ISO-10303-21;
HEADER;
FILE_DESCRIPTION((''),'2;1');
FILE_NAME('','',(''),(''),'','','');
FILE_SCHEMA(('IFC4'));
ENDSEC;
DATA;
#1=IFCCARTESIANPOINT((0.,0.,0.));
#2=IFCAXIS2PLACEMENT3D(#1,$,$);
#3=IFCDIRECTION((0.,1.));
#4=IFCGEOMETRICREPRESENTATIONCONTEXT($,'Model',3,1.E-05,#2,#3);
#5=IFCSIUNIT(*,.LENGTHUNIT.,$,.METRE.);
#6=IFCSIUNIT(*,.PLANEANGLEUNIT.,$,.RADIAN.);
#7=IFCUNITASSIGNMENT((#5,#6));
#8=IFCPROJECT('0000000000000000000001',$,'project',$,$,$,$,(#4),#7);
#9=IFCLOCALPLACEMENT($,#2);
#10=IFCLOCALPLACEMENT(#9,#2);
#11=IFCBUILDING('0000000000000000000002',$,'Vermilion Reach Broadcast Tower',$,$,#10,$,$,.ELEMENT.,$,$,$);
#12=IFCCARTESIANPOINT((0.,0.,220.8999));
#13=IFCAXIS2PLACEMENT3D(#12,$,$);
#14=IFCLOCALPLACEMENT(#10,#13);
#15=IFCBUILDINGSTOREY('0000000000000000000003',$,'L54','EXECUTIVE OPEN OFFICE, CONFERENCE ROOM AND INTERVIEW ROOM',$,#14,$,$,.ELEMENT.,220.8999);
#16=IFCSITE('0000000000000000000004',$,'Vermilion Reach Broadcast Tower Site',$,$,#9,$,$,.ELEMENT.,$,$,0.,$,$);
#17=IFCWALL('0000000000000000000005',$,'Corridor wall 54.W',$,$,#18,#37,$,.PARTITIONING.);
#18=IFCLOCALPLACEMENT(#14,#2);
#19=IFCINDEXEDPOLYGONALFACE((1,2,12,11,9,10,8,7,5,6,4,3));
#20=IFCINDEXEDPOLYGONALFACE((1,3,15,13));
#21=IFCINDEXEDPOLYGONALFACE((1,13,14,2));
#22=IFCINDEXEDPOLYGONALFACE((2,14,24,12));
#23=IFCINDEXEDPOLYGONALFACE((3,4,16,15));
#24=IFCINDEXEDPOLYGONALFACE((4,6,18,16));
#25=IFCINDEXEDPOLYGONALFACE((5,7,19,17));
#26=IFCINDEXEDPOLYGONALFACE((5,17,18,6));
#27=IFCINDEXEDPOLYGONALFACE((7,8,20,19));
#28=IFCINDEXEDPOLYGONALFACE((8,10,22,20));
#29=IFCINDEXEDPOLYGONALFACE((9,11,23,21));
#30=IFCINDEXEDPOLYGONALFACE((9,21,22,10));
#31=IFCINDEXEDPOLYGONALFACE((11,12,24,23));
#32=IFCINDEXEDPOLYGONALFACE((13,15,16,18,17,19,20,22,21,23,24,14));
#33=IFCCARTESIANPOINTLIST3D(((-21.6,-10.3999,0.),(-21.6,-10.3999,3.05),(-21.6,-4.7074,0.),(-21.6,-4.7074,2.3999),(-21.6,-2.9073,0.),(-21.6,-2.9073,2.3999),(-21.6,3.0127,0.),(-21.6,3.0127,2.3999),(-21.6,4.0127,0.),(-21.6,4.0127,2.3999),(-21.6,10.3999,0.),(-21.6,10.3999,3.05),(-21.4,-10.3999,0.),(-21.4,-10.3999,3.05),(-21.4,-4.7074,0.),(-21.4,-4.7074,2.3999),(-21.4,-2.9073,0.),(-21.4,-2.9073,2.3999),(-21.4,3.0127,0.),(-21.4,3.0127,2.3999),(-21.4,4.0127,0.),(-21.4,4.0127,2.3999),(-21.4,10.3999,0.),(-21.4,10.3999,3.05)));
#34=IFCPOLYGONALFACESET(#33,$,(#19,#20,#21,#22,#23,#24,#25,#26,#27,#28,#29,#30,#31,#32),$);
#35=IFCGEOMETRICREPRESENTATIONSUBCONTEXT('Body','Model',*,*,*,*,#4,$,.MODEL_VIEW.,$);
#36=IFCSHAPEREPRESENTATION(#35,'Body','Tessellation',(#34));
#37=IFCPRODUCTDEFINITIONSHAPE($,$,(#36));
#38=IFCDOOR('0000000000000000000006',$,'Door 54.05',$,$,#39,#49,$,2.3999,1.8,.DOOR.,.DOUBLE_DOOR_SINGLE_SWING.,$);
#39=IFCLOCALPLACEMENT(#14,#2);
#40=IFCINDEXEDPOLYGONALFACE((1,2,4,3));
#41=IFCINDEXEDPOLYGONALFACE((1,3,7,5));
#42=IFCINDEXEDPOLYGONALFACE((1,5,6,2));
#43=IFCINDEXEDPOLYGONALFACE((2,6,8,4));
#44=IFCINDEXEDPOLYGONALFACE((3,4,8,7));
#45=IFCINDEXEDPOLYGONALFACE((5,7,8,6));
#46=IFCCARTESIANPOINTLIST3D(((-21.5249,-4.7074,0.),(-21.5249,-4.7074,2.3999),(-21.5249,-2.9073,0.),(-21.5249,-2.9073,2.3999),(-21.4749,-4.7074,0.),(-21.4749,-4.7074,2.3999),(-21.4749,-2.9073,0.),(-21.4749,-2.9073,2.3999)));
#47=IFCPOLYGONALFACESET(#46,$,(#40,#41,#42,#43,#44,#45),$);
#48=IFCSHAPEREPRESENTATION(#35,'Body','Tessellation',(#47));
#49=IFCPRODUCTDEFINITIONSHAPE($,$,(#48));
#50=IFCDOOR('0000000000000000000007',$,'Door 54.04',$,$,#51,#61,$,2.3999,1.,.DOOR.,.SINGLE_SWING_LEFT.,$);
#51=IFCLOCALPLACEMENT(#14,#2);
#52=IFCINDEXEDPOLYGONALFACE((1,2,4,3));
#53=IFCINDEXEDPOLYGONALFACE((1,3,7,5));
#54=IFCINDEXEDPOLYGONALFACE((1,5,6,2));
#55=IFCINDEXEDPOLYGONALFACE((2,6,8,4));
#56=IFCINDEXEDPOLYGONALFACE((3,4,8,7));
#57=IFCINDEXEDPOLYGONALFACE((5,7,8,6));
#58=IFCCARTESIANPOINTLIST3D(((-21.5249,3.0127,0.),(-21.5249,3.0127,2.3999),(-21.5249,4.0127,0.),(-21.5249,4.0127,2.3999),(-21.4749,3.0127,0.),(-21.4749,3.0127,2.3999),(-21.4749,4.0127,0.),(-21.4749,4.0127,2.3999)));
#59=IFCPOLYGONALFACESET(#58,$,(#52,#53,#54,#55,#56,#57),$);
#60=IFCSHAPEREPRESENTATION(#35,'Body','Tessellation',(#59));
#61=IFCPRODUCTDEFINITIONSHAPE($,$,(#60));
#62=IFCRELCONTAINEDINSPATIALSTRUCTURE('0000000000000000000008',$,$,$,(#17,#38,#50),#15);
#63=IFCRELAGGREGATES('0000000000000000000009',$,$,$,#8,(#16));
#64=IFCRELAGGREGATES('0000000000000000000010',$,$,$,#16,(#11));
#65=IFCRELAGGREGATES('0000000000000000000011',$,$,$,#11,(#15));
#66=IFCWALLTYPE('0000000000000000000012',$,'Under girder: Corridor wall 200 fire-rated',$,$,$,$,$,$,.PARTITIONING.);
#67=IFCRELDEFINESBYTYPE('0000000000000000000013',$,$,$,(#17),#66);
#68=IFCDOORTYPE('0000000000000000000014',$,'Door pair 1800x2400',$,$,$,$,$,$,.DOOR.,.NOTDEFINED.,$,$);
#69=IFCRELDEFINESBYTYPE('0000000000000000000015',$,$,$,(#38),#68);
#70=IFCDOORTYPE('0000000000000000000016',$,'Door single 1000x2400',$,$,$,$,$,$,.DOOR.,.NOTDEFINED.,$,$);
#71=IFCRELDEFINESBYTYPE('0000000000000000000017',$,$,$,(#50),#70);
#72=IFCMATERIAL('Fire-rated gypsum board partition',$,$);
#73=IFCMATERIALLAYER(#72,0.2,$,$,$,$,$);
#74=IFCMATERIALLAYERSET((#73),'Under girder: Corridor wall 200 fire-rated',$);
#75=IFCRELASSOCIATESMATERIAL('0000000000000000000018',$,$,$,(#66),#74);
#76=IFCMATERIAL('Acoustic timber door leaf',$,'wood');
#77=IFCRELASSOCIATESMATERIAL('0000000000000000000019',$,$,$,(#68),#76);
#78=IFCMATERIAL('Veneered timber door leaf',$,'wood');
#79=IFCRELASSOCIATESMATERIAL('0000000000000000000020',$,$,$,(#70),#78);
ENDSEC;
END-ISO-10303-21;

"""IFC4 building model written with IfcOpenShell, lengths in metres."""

from ifc_helpers import new_model, si_unit, direction, frame, frame_2d, origin, place, context, subcontext, project, spatial, rectangle, extrude, material, layer, layer_set, type_object, element, fill, save


model = new_model("IFC4")

# Units and contexts
model_context = context("Model", 3, precision=1e-05, world=origin(), true_north=direction((0.0, 1.0)))
body_context = subcontext(model_context, "Body", "Model", "MODEL_VIEW")
ifc_project = project(units=[si_unit("LENGTHUNIT", "METRE"), si_unit("PLANEANGLEUNIT", "RADIAN")], contexts=[model_context])

# Site, building, storey
site_placement = place(None, origin())
site = spatial("IfcSite", under=ifc_project, at=site_placement, Name="Vermilion Reach Broadcast Tower Site", CompositionType="ELEMENT", RefElevation=0.0)
building_placement = place(site_placement, origin())
building = spatial("IfcBuilding", under=site, at=building_placement, Name="Vermilion Reach Broadcast Tower", CompositionType="ELEMENT")
storey_placement = place(building_placement, frame((0.0, 0.0, 220.8999)))
storey = spatial("IfcBuildingStorey", under=building, at=storey_placement, Name="L54", Description="EXECUTIVE OPEN OFFICE, CONFERENCE ROOM AND INTERVIEW ROOM", CompositionType="ELEMENT", Elevation=220.8999)

# Wall, openings, doors
ifc_material_1 = material(Name="Fire-rated gypsum board partition")
ifc_layer_1 = layer(ifc_material_1, 0.2)
ifc_layer_set_1 = layer_set([ifc_layer_1], Name="Under girder: Corridor wall 200 fire-rated")
wall_type_1 = type_object("IfcWallType", Name="Under girder: Corridor wall 200 fire-rated", PredefinedType="PARTITIONING", material=ifc_layer_set_1)
wall_1_placement = place(storey_placement, frame((-21.5, -10.3999, 0.0), z_axis=(0.0, 0.0, 1.0), x_axis=(0.0, 1.0, 0.0)))
wall_1 = element("IfcWall", 1, at=wall_1_placement, inside=storey, type_object=wall_type_1, Name="Corridor wall 54.W", PredefinedType="PARTITIONING", context=body_context, shape_type="SweptSolid", body=[
    extrude(rectangle(XDim=20.7998, YDim=0.2, at=frame_2d((10.3999, 0.0))), origin(), (0.0, 0.0, 1.0), 3.05),
])
opening_1_placement = place(wall_1_placement, frame((13.4126, 0.0, 0.0)))
opening_1 = element("IfcOpeningElement", 2, at=opening_1_placement, cuts=wall_1, PredefinedType="OPENING", context=body_context, shape_type="SweptSolid", body=[
    extrude(rectangle(XDim=1.0, YDim=2.3999, at=frame_2d((0.5, 1.2))), frame((0.0, 0.1099, 0.0), z_axis=(0.0, -1.0, 0.0), x_axis=(1.0, 0.0, 0.0)), (0.0, 0.0, 1.0), 0.22),
])
opening_2_placement = place(wall_1_placement, frame((5.6926, 0.0, 0.0)))
opening_2 = element("IfcOpeningElement", 3, at=opening_2_placement, cuts=wall_1, PredefinedType="OPENING", context=body_context, shape_type="SweptSolid", body=[
    extrude(rectangle(XDim=1.8, YDim=2.3999, at=frame_2d((0.8999, 1.2))), frame((0.0, 0.1099, 0.0), z_axis=(0.0, -1.0, 0.0), x_axis=(1.0, 0.0, 0.0)), (0.0, 0.0, 1.0), 0.22),
])
ifc_material_2 = material(Name="Acoustic timber door leaf", Category="wood")
door_type_1 = type_object("IfcDoorType", Name="Door pair 1800x2400", OperationType="NOTDEFINED", PredefinedType="DOOR", material=ifc_material_2)
door_1_placement = place(opening_2_placement, origin())
door_1 = element("IfcDoor", 4, at=door_1_placement, inside=storey, type_object=door_type_1, Name="Door 54.05", OperationType="DOUBLE_DOOR_SINGLE_SWING", OverallHeight=2.3999, OverallWidth=1.8, PredefinedType="DOOR", context=body_context, shape_type="SweptSolid", body=[
    extrude(rectangle(XDim=1.8, YDim=2.3999, at=frame_2d((0.8999, 1.2))), frame((0.0, 0.0249, 0.0), z_axis=(0.0, -1.0, 0.0), x_axis=(1.0, 0.0, 0.0)), (0.0, 0.0, 1.0), 0.05),
])
fill(opening_2, door_1)
ifc_material_3 = material(Name="Veneered timber door leaf", Category="wood")
door_type_2 = type_object("IfcDoorType", Name="Door single 1000x2400", OperationType="NOTDEFINED", PredefinedType="DOOR", material=ifc_material_3)
door_2_placement = place(opening_1_placement, origin())
door_2 = element("IfcDoor", 5, at=door_2_placement, inside=storey, type_object=door_type_2, Name="Door 54.04", OperationType="SINGLE_SWING_LEFT", OverallHeight=2.3999, OverallWidth=1.0, PredefinedType="DOOR", context=body_context, shape_type="SweptSolid", body=[
    extrude(rectangle(XDim=1.0, YDim=2.3999, at=frame_2d((0.5, 1.2))), frame((0.0, 0.0249, 0.0), z_axis=(0.0, -1.0, 0.0), x_axis=(1.0, 0.0, 0.0)), (0.0, 0.0, 1.0), 0.05),
])
fill(opening_1, door_2)

save(model, "model.ifc")
